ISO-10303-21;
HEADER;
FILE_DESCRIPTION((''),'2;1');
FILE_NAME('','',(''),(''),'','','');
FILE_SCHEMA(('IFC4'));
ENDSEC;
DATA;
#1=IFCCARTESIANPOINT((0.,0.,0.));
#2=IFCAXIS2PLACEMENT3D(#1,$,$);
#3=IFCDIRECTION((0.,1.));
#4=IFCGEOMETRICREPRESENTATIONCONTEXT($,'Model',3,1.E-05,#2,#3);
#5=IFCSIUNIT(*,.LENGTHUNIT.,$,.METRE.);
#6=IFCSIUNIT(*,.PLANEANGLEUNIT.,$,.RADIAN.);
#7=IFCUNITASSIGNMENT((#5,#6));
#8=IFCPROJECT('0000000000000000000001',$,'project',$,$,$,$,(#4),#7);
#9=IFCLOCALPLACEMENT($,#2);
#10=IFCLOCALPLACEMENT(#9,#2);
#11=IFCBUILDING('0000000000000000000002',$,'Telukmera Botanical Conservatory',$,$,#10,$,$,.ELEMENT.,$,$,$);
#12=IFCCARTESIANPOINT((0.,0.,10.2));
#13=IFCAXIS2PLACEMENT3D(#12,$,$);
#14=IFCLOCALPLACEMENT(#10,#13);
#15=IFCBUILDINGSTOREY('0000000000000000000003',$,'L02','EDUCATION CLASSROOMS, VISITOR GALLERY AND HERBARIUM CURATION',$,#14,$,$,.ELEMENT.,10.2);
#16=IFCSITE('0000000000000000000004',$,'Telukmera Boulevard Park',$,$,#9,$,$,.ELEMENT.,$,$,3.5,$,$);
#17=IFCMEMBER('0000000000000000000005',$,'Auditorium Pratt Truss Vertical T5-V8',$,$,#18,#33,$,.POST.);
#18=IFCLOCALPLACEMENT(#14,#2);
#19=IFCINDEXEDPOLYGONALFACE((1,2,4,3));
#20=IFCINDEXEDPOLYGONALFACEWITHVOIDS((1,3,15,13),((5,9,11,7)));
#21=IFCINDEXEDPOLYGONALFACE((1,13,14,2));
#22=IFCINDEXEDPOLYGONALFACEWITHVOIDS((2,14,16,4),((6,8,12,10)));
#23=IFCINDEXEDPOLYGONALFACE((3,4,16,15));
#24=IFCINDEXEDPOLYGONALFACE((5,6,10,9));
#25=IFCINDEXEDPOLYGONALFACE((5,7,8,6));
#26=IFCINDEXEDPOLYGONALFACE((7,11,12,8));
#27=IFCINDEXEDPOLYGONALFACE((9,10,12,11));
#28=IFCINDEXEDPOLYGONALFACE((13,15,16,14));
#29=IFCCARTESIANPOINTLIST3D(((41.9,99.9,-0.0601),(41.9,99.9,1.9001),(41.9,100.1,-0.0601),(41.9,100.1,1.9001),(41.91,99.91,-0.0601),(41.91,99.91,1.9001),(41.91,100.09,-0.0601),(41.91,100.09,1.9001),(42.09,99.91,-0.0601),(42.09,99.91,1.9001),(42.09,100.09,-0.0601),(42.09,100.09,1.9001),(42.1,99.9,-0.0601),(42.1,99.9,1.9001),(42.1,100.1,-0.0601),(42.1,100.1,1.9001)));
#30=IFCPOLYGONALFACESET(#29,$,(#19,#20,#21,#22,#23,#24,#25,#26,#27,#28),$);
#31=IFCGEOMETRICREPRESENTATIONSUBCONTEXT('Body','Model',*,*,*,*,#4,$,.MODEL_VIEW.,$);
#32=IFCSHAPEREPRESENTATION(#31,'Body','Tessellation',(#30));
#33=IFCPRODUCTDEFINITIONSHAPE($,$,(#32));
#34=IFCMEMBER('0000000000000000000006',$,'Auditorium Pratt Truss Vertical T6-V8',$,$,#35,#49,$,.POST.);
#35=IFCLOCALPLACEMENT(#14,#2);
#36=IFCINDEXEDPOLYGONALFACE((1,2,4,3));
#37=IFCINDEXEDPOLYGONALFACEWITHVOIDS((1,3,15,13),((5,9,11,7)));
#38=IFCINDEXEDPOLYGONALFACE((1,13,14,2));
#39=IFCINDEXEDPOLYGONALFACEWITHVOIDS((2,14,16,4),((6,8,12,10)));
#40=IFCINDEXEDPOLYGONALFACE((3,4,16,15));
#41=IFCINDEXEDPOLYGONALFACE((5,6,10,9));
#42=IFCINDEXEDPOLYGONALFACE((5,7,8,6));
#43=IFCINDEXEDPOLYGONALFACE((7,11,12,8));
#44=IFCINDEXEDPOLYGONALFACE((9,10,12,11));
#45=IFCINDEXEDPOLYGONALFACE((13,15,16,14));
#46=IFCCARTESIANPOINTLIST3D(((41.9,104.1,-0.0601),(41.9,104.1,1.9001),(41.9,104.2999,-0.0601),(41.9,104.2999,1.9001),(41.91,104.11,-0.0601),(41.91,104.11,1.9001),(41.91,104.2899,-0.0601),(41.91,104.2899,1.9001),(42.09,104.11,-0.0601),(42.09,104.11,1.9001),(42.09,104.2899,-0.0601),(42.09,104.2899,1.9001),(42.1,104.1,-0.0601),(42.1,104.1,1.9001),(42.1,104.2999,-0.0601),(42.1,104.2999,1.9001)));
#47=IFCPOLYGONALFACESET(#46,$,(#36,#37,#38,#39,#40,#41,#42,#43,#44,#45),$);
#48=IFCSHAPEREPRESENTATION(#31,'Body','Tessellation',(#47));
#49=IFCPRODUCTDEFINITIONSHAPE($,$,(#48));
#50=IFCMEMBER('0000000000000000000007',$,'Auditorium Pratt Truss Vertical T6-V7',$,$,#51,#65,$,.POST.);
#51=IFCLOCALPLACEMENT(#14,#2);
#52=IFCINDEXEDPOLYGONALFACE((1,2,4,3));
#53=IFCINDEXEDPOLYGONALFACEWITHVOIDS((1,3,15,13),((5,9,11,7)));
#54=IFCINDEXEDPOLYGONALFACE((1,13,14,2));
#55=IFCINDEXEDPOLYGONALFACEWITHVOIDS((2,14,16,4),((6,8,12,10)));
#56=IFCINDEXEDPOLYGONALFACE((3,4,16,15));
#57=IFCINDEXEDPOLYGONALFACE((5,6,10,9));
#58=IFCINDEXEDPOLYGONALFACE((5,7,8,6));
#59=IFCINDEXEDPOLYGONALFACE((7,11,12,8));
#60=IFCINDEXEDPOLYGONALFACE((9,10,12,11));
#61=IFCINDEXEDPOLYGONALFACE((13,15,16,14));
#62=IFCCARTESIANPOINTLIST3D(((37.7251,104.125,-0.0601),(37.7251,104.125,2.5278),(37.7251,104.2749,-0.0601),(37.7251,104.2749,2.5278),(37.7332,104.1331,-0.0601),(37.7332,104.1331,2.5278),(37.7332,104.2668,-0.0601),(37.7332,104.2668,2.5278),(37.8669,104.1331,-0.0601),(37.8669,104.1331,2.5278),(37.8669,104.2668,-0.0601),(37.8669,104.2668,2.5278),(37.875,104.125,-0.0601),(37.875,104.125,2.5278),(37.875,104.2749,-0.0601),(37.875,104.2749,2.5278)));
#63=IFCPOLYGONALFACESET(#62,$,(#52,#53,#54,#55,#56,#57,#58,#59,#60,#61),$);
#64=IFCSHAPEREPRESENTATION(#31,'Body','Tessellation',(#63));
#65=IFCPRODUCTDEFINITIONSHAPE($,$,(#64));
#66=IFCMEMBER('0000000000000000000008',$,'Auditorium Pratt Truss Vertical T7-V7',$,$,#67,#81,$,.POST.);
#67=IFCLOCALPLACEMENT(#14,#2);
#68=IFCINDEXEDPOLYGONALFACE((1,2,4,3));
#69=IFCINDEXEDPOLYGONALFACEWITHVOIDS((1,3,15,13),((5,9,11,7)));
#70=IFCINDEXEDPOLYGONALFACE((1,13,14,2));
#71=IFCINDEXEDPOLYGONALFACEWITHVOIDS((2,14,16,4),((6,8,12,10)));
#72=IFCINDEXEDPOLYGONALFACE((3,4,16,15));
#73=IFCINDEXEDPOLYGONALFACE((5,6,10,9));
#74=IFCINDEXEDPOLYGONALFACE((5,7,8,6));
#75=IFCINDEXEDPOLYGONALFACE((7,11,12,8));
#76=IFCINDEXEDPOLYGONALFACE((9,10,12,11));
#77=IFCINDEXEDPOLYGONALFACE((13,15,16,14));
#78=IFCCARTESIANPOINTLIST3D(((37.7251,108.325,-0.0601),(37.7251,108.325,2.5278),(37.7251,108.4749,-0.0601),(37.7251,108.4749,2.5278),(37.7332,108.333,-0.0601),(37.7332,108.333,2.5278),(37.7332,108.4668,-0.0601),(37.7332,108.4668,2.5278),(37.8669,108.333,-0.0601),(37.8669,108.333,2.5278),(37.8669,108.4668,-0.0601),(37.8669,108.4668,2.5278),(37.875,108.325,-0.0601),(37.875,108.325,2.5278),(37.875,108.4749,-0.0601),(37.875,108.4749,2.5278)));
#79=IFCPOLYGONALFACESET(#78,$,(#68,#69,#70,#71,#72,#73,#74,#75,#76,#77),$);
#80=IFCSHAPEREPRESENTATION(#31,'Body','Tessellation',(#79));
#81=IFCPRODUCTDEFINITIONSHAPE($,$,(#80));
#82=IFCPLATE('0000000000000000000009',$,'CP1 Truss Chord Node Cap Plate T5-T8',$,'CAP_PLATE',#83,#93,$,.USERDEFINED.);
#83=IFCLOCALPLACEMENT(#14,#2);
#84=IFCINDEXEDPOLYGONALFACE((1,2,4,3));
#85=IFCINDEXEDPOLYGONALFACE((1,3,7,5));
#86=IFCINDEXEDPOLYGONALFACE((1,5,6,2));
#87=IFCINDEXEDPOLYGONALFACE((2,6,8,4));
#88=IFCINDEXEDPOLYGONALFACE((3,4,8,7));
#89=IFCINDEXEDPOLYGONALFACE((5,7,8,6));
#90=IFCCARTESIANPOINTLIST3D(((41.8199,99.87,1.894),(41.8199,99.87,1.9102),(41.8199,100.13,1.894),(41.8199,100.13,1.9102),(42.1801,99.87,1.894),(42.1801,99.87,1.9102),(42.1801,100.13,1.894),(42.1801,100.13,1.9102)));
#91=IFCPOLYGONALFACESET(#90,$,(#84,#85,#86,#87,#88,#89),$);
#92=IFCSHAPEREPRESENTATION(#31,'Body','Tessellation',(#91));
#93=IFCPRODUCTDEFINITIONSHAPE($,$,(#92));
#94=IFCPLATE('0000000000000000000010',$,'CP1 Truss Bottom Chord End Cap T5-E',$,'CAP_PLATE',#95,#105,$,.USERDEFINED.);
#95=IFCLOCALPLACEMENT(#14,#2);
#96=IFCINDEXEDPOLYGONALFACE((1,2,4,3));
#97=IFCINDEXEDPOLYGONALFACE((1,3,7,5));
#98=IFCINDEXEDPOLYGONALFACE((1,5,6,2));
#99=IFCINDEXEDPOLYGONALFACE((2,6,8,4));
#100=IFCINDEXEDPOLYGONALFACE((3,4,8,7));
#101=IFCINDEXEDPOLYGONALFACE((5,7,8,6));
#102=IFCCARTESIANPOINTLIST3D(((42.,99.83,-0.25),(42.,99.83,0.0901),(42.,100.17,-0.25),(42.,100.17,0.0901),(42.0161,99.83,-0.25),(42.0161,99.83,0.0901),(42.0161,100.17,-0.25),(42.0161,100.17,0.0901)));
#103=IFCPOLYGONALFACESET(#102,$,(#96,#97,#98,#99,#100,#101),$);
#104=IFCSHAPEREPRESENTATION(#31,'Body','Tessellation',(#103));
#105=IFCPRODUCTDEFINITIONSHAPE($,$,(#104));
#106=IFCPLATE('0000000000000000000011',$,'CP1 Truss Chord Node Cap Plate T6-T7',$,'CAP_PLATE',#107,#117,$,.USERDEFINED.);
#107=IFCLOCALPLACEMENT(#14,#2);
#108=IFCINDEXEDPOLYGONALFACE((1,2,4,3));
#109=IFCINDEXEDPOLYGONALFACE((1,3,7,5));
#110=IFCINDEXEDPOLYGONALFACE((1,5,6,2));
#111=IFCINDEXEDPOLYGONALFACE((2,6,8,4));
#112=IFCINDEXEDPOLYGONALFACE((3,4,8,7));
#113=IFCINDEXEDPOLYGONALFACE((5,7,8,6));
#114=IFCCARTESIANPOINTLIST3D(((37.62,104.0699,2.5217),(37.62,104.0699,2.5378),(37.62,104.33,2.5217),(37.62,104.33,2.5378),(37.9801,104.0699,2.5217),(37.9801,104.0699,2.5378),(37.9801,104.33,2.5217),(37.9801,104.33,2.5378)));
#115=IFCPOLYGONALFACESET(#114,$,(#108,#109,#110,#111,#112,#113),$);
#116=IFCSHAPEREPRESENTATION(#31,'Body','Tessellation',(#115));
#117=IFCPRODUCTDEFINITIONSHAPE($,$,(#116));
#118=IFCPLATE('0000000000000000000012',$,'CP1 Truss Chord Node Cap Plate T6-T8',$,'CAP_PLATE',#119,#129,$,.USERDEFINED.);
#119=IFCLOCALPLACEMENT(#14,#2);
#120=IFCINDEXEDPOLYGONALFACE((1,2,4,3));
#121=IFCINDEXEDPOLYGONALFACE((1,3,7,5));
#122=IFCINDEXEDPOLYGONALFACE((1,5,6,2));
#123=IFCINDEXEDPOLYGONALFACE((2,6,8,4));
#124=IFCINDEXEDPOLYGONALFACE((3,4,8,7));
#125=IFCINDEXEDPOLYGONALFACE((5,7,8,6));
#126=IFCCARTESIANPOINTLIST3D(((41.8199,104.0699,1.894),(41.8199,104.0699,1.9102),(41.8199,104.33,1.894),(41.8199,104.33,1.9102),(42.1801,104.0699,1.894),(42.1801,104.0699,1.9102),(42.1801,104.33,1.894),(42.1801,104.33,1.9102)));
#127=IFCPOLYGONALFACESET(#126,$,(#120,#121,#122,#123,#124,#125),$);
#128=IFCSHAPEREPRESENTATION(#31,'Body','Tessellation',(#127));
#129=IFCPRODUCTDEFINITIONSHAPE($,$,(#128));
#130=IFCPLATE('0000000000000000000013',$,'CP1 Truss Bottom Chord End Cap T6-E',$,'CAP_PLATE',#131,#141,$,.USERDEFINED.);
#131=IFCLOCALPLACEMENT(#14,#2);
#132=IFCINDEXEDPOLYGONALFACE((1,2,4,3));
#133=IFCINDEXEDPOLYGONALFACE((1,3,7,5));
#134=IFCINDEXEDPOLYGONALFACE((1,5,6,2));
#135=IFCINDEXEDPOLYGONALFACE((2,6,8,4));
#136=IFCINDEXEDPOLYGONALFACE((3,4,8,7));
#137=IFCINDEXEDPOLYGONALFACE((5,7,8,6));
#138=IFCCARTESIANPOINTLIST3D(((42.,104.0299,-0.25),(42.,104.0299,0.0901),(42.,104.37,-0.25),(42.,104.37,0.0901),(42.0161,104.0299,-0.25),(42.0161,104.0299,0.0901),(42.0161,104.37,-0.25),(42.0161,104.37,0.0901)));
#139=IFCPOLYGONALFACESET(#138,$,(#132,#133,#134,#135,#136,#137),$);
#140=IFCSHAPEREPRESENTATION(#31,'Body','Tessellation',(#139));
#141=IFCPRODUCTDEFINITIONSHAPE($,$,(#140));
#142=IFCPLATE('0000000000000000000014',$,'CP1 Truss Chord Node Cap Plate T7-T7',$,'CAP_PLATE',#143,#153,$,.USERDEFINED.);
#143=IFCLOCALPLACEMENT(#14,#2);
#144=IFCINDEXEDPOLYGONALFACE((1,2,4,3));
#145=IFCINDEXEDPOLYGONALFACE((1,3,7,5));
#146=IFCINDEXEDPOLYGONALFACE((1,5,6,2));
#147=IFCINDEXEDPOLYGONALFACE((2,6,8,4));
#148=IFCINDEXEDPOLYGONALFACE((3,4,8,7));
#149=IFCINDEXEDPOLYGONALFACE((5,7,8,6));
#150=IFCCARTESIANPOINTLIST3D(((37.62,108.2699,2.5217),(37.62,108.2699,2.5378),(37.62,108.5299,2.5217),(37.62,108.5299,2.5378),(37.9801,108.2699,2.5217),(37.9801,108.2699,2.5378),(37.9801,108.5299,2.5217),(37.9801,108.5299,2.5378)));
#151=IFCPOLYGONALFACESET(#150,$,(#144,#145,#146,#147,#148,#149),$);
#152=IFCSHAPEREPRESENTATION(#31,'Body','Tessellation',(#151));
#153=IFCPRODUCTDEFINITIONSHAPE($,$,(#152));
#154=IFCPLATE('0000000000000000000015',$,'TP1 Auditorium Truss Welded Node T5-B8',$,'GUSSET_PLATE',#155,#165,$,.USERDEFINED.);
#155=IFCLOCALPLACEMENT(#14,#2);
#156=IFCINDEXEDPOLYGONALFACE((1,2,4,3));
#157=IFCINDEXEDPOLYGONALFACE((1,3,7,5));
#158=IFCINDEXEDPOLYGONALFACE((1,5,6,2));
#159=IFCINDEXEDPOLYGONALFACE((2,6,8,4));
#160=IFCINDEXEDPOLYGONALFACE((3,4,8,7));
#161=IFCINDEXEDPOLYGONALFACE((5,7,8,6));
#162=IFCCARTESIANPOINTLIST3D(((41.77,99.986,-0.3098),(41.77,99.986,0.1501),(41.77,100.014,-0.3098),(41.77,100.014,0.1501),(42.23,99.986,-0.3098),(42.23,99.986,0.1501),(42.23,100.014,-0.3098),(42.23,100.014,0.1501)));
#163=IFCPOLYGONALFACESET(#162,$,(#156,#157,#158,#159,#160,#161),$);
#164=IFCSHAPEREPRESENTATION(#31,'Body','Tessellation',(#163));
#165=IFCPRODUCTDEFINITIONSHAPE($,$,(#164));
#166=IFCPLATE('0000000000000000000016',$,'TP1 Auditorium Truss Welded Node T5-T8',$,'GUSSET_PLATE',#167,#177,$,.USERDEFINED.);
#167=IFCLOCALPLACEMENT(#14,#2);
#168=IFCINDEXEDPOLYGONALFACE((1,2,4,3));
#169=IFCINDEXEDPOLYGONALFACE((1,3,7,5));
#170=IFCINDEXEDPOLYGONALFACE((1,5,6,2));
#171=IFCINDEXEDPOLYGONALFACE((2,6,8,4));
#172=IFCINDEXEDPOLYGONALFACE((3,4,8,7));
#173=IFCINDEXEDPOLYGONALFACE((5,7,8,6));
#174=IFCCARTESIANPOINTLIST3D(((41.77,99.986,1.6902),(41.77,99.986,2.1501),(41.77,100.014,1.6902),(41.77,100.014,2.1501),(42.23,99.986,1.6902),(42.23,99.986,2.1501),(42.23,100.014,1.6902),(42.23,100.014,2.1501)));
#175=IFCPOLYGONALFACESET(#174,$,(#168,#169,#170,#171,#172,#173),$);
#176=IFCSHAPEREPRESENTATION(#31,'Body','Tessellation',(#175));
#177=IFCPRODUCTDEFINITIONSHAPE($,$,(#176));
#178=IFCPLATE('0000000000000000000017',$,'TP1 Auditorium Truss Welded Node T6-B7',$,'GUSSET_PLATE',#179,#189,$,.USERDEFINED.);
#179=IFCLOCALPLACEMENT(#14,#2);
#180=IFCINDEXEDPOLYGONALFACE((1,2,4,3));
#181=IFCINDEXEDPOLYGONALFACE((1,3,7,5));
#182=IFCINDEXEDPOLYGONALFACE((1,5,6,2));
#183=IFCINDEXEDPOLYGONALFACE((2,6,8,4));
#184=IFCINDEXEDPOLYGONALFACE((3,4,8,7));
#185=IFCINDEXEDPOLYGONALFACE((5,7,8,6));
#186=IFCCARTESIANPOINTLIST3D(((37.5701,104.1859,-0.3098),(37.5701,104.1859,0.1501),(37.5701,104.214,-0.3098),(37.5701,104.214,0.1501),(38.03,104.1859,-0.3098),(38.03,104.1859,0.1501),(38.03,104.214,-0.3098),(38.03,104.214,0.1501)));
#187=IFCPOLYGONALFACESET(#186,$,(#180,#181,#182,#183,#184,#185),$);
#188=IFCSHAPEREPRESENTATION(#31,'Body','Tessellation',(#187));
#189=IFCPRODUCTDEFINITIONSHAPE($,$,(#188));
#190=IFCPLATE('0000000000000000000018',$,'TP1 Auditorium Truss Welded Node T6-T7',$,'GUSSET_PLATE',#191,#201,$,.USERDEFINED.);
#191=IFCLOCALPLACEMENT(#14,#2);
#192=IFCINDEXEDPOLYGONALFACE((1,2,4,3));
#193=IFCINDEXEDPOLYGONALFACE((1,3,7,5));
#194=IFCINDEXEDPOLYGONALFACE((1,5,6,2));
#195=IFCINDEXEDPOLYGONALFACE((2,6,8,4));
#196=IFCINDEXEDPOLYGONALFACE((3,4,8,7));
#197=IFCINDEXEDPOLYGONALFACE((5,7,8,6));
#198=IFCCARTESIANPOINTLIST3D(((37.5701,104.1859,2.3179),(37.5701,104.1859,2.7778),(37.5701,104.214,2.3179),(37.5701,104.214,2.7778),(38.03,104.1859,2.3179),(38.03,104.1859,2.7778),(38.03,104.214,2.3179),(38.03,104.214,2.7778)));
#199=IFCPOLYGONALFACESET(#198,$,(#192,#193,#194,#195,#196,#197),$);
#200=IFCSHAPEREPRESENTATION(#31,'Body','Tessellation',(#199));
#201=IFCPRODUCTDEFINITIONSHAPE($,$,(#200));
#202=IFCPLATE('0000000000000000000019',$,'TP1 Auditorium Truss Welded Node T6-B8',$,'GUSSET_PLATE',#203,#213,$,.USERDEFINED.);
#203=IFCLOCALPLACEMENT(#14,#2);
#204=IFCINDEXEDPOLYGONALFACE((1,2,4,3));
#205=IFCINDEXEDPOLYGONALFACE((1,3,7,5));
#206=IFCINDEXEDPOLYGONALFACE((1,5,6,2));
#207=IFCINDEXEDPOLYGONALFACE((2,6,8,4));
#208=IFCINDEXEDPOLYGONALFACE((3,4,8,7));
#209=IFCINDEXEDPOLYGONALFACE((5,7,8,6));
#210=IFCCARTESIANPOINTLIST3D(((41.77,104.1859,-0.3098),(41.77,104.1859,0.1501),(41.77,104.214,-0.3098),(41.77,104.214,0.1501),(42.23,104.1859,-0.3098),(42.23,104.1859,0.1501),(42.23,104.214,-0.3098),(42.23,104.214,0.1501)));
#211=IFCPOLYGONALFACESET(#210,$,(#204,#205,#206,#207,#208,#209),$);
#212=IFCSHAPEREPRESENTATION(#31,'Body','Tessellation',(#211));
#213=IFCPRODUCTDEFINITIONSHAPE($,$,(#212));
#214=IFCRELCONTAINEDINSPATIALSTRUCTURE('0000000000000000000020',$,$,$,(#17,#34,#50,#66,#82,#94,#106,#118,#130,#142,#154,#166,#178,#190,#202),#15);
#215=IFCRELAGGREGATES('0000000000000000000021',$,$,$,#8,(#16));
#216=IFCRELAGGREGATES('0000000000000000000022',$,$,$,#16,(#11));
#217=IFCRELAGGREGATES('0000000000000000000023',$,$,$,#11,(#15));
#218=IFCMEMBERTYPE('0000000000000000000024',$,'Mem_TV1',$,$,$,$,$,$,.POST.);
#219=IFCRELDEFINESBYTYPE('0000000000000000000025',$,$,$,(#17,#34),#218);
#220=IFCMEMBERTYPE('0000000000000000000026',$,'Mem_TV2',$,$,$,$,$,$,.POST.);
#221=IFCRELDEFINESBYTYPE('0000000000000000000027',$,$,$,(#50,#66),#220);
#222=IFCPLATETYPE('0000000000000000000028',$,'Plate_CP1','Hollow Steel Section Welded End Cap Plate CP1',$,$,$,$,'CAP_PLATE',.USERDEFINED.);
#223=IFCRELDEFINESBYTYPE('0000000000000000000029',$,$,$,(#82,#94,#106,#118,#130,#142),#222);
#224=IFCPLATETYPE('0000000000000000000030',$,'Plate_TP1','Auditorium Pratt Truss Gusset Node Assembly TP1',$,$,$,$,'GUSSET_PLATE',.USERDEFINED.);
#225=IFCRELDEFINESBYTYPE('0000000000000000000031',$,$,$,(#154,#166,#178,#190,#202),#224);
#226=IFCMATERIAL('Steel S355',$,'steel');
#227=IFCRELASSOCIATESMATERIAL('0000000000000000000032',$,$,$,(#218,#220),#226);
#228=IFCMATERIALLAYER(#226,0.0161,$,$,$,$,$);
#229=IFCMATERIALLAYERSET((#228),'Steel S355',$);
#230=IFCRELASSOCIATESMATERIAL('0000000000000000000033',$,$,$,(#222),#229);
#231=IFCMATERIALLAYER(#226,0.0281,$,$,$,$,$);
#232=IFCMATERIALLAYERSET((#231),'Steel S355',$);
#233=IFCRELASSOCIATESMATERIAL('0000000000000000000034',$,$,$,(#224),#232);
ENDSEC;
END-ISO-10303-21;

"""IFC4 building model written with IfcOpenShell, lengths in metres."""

from ifc_helpers import new_model, si_unit, direction, frame, origin, origin_2d, place, context, subcontext, project, spatial, rectangle, hollow_rectangle, extrude, material, layer, layer_set, material_profile, profile_set, type_object, element, save


model = new_model("IFC4")

# Units and contexts
model_context = context("Model", 3, precision=1e-05, world=origin(), true_north=direction((0.0, 1.0)))
body_context = subcontext(model_context, "Body", "Model", "MODEL_VIEW")
ifc_project = project(units=[si_unit("LENGTHUNIT", "METRE"), si_unit("PLANEANGLEUNIT", "RADIAN")], contexts=[model_context])

# Site, building, storey
site_placement = place(None, origin())
site = spatial("IfcSite", under=ifc_project, at=site_placement, Name="Telukmera Boulevard Park", CompositionType="ELEMENT", RefElevation=3.5)
building_placement = place(site_placement, origin())
building = spatial("IfcBuilding", under=site, at=building_placement, Name="Telukmera Botanical Conservatory", CompositionType="ELEMENT")
storey_placement = place(building_placement, frame((0.0, 0.0, 10.2)))
storey = spatial("IfcBuildingStorey", under=building, at=storey_placement, Name="L02", Description="EDUCATION CLASSROOMS, VISITOR GALLERY AND HERBARIUM CURATION", CompositionType="ELEMENT", Elevation=10.2)

# Members
ifc_material_1 = material(Name="Steel S355", Category="steel")
ifc_material_profile_1 = material_profile(ifc_material_1, hollow_rectangle(XDim=0.2, YDim=0.2, WallThickness=0.01, at=origin_2d()), Name="SHS 200x200x10.0")
ifc_profile_set_1 = profile_set([ifc_material_profile_1], Name="Steel S355")
member_type_1 = type_object("IfcMemberType", Name="Mem_TV1", PredefinedType="POST", material=ifc_profile_set_1)
for number, where, z_axis, x_axis, name in (
    (1, (42.0, 100.0, -0.0601), (0.0, 0.0, 1.0), (1.0, 0.0, 0.0), "Auditorium Pratt Truss Vertical T5-V8"),
    (2, (42.0, 104.2, -0.0601), (0.0, 0.0, 1.0), (1.0, 0.0, 0.0), "Auditorium Pratt Truss Vertical T6-V8"),
):
    element("IfcMember", number, at=place(storey_placement, frame(where, z_axis=z_axis, x_axis=x_axis)), inside=storey, type_object=member_type_1, Name=name, PredefinedType="POST", context=body_context, shape_type="SweptSolid", body=[
        extrude(hollow_rectangle(XDim=0.2, YDim=0.2, WallThickness=0.01, at=origin_2d()), origin(), (0.0, 0.0, 1.0), 1.9602),
    ])
ifc_material_profile_2 = material_profile(ifc_material_1, hollow_rectangle(XDim=0.1499, YDim=0.1499, WallThickness=0.0081, at=origin_2d()), Name="SHS 150x150x8.0")
ifc_profile_set_2 = profile_set([ifc_material_profile_2], Name="Steel S355")
member_type_2 = type_object("IfcMemberType", Name="Mem_TV2", PredefinedType="POST", material=ifc_profile_set_2)
for number, where, z_axis, x_axis, name in (
    (3, (37.8, 104.2, -0.0601), (0.0, 0.0, 1.0), (1.0, 0.0, 0.0), "Auditorium Pratt Truss Vertical T6-V7"),
    (4, (37.8, 108.3999, -0.0601), (0.0, 0.0, 1.0), (1.0, 0.0, 0.0), "Auditorium Pratt Truss Vertical T7-V7"),
):
    element("IfcMember", number, at=place(storey_placement, frame(where, z_axis=z_axis, x_axis=x_axis)), inside=storey, type_object=member_type_2, Name=name, PredefinedType="POST", context=body_context, shape_type="SweptSolid", body=[
        extrude(hollow_rectangle(XDim=0.1499, YDim=0.1499, WallThickness=0.0081, at=origin_2d()), origin(), (0.0, 0.0, 1.0), 2.5879),
    ])

# Plates
ifc_layer_1 = layer(ifc_material_1, 0.0161)
ifc_layer_set_1 = layer_set([ifc_layer_1], Name="Steel S355")
plate_type_1 = type_object("IfcPlateType", Name="Plate_CP1", Description="Hollow Steel Section Welded End Cap Plate CP1", ElementType="CAP_PLATE", PredefinedType="USERDEFINED", material=ifc_layer_set_1)
plate_1_placement = place(storey_placement, frame((42.0, 100.0, 1.894), z_axis=(0.0, 0.0, 1.0), x_axis=(1.0, 0.0, 0.0)))
element("IfcPlate", 5, at=plate_1_placement, inside=storey, type_object=plate_type_1, Name="CP1 Truss Chord Node Cap Plate T5-T8", ObjectType="CAP_PLATE", PredefinedType="USERDEFINED", context=body_context, shape_type="SweptSolid", body=[
    extrude(rectangle(XDim=0.3601, YDim=0.26, at=origin_2d()), origin(), (0.0, 0.0, 1.0), 0.0161),
])
plate_2_placement = place(storey_placement, frame((42.0081, 100.0, -0.25), z_axis=(0.0, 0.0, 1.0), x_axis=(1.0, 0.0, 0.0)))
element("IfcPlate", 6, at=plate_2_placement, inside=storey, type_object=plate_type_1, Name="CP1 Truss Bottom Chord End Cap T5-E", ObjectType="CAP_PLATE", PredefinedType="USERDEFINED", context=body_context, shape_type="SweptSolid", body=[
    extrude(rectangle(XDim=0.0161, YDim=0.3401, at=origin_2d()), origin(), (0.0, 0.0, 1.0), 0.3401),
])
for number, where, z_axis, x_axis, name in (
    (7, (37.8, 104.2, 2.5217), (0.0, 0.0, 1.0), (1.0, 0.0, 0.0), "CP1 Truss Chord Node Cap Plate T6-T7"),
    (8, (42.0, 104.2, 1.894), (0.0, 0.0, 1.0), (1.0, 0.0, 0.0), "CP1 Truss Chord Node Cap Plate T6-T8"),
):
    element("IfcPlate", number, at=place(storey_placement, frame(where, z_axis=z_axis, x_axis=x_axis)), inside=storey, type_object=plate_type_1, Name=name, ObjectType="CAP_PLATE", PredefinedType="USERDEFINED", context=body_context, shape_type="SweptSolid", body=[
        extrude(rectangle(XDim=0.3601, YDim=0.26, at=origin_2d()), origin(), (0.0, 0.0, 1.0), 0.0161),
    ])
plate_3_placement = place(storey_placement, frame((42.0081, 104.2, -0.25), z_axis=(0.0, 0.0, 1.0), x_axis=(1.0, 0.0, 0.0)))
element("IfcPlate", 9, at=plate_3_placement, inside=storey, type_object=plate_type_1, Name="CP1 Truss Bottom Chord End Cap T6-E", ObjectType="CAP_PLATE", PredefinedType="USERDEFINED", context=body_context, shape_type="SweptSolid", body=[
    extrude(rectangle(XDim=0.0161, YDim=0.3401, at=origin_2d()), origin(), (0.0, 0.0, 1.0), 0.3401),
])
plate_4_placement = place(storey_placement, frame((37.8, 108.3999, 2.5217), z_axis=(0.0, 0.0, 1.0), x_axis=(1.0, 0.0, 0.0)))
element("IfcPlate", 10, at=plate_4_placement, inside=storey, type_object=plate_type_1, Name="CP1 Truss Chord Node Cap Plate T7-T7", ObjectType="CAP_PLATE", PredefinedType="USERDEFINED", context=body_context, shape_type="SweptSolid", body=[
    extrude(rectangle(XDim=0.3601, YDim=0.26, at=origin_2d()), origin(), (0.0, 0.0, 1.0), 0.0161),
])
ifc_layer_2 = layer(ifc_material_1, 0.0281)
ifc_layer_set_2 = layer_set([ifc_layer_2], Name="Steel S355")
plate_type_2 = type_object("IfcPlateType", Name="Plate_TP1", Description="Auditorium Pratt Truss Gusset Node Assembly TP1", ElementType="GUSSET_PLATE", PredefinedType="USERDEFINED", material=ifc_layer_set_2)
for number, where, z_axis, x_axis, name in (
    (11, (42.0, 100.0, -0.3098), (0.0, 0.0, 1.0), (1.0, 0.0, 0.0), "TP1 Auditorium Truss Welded Node T5-B8"),
    (12, (42.0, 100.0, 1.6902), (0.0, 0.0, 1.0), (1.0, 0.0, 0.0), "TP1 Auditorium Truss Welded Node T5-T8"),
    (13, (37.8, 104.2, -0.3098), (0.0, 0.0, 1.0), (1.0, 0.0, 0.0), "TP1 Auditorium Truss Welded Node T6-B7"),
    (14, (37.8, 104.2, 2.3179), (0.0, 0.0, 1.0), (1.0, 0.0, 0.0), "TP1 Auditorium Truss Welded Node T6-T7"),
    (15, (42.0, 104.2, -0.3098), (0.0, 0.0, 1.0), (1.0, 0.0, 0.0), "TP1 Auditorium Truss Welded Node T6-B8"),
):
    element("IfcPlate", number, at=place(storey_placement, frame(where, z_axis=z_axis, x_axis=x_axis)), inside=storey, type_object=plate_type_2, Name=name, ObjectType="GUSSET_PLATE", PredefinedType="USERDEFINED", context=body_context, shape_type="SweptSolid", body=[
        extrude(rectangle(XDim=0.46, YDim=0.0281, at=origin_2d()), origin(), (0.0, 0.0, 1.0), 0.46),
    ])

save(model, "model.ifc")
